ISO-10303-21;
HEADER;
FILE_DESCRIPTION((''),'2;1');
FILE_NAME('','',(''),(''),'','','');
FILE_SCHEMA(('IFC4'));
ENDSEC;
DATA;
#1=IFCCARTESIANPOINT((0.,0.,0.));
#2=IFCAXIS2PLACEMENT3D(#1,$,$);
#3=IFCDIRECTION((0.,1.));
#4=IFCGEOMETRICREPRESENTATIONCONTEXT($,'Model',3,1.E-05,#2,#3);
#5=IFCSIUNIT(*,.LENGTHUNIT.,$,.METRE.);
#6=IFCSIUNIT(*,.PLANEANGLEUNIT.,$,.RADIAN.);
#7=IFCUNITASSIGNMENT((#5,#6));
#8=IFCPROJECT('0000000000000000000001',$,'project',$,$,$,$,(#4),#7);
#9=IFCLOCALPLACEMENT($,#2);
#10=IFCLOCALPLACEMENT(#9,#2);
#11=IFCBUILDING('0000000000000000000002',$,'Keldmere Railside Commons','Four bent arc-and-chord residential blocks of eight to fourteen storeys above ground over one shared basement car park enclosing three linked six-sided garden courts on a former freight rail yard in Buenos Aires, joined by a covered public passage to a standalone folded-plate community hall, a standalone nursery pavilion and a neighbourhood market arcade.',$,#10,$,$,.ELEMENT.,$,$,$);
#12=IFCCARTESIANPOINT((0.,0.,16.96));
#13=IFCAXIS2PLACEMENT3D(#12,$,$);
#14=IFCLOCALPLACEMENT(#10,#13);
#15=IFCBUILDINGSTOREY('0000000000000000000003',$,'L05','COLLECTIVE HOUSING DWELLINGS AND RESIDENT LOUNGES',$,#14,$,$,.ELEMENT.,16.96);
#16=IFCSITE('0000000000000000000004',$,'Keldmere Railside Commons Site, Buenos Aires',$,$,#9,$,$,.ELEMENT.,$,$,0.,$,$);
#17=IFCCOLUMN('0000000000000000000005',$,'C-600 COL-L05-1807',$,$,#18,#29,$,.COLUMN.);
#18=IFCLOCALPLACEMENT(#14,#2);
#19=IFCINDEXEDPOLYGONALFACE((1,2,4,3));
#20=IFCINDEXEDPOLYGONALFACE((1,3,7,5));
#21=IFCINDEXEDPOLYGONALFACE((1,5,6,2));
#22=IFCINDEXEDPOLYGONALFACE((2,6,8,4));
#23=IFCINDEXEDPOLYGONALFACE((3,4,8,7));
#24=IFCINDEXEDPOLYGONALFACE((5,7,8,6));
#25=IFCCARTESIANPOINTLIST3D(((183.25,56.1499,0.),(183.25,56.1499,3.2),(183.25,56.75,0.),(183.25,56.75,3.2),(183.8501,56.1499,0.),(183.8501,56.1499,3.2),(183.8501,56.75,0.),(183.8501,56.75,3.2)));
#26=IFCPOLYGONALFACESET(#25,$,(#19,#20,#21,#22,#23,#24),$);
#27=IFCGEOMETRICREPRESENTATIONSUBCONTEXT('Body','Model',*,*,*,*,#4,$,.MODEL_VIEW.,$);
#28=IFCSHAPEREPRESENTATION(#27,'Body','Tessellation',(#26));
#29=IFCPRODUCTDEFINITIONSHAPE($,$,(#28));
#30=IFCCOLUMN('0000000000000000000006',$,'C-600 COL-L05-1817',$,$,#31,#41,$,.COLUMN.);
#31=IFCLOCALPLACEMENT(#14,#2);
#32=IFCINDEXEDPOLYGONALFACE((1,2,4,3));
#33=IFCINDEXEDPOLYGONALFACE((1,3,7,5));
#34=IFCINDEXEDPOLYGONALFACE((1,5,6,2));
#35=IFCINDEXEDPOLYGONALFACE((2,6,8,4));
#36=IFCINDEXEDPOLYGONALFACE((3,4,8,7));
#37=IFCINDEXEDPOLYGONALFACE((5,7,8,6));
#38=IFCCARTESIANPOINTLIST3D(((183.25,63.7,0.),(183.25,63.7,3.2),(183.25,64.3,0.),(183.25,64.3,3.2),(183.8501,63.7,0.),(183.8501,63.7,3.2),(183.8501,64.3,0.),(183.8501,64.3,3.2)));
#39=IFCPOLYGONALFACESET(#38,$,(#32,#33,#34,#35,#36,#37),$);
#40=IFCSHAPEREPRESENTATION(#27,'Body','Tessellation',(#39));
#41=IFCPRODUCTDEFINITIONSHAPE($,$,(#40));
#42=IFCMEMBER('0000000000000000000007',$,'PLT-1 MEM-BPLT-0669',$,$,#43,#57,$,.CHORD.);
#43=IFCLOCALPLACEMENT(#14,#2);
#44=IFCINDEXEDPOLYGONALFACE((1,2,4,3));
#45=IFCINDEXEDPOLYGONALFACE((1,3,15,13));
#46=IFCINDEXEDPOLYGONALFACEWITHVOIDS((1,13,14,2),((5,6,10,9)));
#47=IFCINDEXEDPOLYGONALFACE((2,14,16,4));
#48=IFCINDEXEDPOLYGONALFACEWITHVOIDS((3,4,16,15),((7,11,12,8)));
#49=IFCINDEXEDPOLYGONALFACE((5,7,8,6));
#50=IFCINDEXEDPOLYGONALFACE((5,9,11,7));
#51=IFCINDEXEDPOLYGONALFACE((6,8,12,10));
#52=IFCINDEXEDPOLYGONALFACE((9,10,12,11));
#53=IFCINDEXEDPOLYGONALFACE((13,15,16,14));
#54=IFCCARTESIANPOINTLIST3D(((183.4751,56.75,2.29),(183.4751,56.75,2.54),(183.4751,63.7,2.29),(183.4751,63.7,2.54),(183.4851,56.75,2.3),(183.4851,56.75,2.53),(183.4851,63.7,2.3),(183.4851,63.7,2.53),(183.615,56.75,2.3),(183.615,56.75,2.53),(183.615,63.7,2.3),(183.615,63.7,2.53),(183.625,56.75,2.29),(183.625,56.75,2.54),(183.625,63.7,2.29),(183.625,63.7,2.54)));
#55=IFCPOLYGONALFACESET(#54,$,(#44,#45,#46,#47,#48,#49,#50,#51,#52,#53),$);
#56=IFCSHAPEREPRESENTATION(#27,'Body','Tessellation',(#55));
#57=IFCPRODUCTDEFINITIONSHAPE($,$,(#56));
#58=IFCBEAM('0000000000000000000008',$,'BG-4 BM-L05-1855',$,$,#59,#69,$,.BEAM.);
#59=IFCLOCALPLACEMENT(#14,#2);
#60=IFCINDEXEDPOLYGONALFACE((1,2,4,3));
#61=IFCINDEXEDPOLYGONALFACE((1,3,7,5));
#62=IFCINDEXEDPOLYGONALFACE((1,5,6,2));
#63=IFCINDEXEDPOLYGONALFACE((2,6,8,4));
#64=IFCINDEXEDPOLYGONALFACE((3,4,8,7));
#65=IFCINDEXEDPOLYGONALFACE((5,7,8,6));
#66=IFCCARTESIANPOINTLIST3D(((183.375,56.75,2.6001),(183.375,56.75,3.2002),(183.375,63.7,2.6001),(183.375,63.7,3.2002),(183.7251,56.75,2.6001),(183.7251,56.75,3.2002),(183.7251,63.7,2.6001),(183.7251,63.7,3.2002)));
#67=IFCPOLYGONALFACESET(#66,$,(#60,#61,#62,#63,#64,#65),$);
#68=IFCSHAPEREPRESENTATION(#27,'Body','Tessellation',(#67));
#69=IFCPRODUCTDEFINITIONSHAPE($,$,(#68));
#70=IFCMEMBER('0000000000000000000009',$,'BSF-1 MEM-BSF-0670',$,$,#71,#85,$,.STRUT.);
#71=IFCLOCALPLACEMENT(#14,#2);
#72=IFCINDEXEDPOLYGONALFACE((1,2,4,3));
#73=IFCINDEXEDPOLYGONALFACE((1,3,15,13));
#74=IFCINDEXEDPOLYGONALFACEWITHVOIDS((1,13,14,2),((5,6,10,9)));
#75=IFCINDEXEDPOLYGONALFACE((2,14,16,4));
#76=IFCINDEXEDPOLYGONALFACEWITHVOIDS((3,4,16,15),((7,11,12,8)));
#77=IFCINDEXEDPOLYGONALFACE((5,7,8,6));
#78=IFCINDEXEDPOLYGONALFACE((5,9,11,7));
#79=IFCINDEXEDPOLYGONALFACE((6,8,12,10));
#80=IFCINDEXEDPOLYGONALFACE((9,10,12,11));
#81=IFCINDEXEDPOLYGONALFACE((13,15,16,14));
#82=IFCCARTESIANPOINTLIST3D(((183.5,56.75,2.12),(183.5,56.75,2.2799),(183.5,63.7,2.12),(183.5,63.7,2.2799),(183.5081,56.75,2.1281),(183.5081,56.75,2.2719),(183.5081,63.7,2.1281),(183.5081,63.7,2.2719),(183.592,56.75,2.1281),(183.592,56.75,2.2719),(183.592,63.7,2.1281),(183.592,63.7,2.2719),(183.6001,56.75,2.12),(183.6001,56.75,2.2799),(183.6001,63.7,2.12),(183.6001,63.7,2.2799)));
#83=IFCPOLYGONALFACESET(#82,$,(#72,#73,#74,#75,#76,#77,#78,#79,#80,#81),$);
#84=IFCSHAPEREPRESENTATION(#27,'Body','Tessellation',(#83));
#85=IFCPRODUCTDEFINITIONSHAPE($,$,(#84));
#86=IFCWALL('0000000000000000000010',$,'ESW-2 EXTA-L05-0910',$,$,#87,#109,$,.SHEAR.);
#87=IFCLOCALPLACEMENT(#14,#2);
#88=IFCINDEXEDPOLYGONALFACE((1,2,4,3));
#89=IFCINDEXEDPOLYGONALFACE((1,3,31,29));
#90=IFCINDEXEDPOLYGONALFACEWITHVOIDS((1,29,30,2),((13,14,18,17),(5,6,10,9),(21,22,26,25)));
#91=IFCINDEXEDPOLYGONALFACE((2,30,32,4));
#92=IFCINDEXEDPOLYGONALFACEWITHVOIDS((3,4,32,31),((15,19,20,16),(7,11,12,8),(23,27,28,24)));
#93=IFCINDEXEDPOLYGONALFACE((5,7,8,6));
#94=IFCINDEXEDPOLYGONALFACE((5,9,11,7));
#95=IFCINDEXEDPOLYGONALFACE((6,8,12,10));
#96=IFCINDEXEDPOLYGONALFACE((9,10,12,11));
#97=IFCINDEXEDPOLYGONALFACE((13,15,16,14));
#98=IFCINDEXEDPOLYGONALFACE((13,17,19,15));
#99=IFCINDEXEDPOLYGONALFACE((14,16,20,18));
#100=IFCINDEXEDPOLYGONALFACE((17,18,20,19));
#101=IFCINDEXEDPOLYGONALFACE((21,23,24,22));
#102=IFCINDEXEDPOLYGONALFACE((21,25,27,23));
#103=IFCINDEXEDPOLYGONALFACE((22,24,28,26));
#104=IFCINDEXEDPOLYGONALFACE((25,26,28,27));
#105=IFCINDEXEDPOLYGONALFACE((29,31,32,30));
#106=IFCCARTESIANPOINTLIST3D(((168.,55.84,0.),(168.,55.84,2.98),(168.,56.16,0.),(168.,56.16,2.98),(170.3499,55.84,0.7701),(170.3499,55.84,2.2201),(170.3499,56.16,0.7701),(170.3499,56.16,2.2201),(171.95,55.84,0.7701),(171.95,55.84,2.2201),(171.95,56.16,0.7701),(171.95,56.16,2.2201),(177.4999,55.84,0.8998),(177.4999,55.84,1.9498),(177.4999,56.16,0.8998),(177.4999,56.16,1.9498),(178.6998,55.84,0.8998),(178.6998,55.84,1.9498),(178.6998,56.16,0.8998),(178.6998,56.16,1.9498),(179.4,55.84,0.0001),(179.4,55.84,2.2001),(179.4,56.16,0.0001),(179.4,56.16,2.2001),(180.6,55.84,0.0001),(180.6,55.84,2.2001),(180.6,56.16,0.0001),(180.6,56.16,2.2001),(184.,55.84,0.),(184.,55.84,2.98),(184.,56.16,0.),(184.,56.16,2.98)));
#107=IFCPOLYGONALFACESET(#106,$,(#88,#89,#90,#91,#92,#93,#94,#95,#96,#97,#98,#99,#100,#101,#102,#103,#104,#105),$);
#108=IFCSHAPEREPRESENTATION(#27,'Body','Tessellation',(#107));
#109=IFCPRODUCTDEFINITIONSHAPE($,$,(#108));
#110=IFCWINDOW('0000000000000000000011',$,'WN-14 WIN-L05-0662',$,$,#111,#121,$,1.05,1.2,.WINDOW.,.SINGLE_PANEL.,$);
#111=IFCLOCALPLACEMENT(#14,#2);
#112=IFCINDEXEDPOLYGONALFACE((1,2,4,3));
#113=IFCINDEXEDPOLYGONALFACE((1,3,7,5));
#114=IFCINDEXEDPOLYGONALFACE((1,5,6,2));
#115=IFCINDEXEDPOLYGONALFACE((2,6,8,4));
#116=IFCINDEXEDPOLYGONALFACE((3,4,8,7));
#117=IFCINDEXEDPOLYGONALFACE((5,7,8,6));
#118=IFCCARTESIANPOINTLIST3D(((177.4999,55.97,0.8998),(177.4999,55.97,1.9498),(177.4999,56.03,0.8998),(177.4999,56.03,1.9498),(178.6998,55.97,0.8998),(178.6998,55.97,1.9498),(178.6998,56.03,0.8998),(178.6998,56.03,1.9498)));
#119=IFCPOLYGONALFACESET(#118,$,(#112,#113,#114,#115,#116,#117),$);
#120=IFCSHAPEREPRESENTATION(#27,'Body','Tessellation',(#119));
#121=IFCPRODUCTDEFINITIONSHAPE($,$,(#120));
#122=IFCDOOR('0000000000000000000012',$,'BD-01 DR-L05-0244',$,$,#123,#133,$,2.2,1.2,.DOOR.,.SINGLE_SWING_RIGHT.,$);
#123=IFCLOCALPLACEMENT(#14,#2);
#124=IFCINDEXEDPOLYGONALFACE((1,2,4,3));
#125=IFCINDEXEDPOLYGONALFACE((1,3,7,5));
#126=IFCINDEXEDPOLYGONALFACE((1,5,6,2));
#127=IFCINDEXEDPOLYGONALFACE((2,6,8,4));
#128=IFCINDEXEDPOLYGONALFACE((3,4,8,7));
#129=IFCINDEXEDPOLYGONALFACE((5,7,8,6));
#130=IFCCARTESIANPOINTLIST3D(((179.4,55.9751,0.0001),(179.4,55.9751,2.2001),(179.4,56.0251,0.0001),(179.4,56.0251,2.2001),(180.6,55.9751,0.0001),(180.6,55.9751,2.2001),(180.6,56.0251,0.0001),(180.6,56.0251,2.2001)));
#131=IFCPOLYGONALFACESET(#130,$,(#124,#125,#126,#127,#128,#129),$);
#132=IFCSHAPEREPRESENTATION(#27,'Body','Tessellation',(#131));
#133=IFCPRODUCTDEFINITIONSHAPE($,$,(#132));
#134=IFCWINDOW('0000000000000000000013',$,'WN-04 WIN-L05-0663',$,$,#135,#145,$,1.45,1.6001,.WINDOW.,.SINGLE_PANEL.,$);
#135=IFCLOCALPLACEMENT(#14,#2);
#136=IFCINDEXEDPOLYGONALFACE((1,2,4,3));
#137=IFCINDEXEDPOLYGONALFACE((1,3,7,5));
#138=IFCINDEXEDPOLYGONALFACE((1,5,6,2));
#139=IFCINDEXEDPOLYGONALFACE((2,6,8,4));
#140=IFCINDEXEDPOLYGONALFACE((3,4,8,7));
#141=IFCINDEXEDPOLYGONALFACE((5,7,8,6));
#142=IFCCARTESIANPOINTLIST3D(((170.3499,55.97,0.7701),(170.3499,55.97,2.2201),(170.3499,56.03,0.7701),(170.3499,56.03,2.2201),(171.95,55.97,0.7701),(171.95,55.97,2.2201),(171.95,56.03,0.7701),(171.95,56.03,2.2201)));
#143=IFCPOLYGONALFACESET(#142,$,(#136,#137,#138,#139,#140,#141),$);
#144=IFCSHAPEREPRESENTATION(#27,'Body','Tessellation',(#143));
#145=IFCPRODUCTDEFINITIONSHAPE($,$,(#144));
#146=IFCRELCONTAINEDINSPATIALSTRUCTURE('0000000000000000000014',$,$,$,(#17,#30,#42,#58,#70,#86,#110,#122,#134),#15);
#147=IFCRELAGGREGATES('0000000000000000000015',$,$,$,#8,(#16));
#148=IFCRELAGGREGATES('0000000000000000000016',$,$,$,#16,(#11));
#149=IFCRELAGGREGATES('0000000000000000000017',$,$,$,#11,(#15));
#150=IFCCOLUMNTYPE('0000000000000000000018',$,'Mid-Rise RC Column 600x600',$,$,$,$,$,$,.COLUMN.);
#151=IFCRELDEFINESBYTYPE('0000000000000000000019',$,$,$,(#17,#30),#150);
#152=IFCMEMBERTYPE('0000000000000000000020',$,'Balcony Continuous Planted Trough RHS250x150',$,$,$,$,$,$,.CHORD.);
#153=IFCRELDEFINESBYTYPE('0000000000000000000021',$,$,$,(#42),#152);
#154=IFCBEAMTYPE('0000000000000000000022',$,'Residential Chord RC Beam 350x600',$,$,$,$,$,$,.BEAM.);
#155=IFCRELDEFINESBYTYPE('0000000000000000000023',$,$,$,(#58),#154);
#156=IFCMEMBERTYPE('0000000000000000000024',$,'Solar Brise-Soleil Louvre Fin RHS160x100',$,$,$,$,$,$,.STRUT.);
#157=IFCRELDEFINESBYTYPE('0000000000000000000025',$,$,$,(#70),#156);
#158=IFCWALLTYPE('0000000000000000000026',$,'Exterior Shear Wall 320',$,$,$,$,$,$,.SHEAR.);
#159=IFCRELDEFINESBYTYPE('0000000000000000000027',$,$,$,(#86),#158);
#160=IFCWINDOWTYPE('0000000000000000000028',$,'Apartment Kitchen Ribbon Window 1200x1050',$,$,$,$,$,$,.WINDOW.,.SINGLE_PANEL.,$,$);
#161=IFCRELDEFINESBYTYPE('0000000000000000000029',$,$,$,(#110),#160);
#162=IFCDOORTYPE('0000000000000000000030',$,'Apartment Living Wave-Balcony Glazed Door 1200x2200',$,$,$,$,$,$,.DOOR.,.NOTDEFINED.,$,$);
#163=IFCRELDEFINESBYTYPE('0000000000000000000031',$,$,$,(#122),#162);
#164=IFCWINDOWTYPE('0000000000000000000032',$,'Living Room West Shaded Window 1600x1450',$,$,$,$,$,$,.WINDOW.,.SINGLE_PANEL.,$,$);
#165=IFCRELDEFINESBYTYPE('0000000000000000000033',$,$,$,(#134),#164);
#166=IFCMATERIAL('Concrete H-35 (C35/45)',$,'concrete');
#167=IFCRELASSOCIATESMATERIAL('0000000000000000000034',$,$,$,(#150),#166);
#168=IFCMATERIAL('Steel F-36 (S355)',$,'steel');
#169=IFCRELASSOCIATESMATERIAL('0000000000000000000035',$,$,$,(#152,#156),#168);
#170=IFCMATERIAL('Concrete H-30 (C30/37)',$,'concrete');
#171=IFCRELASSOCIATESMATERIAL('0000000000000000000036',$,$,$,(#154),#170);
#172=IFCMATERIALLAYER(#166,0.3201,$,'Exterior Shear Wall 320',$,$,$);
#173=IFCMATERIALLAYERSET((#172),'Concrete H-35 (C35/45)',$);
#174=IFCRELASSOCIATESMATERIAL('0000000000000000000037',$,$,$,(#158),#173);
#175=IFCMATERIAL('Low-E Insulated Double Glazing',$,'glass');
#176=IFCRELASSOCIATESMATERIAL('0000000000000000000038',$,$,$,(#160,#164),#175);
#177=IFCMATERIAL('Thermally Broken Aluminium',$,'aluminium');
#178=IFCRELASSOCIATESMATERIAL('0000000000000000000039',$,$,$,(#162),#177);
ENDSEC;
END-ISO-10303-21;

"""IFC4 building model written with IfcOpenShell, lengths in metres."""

from ifc_helpers import new_model, si_unit, direction, frame, frame_2d, origin, origin_2d, place, context, subcontext, project, spatial, rectangle, hollow_rectangle, extrude, material, layer, layer_set, material_profile, profile_set, type_object, element, fill, save


model = new_model("IFC4")

# Units and contexts
model_context = context("Model", 3, precision=1e-05, world=origin(), true_north=direction((0.0, 1.0)))
body_context = subcontext(model_context, "Body", "Model", "MODEL_VIEW")
ifc_project = project(units=[si_unit("LENGTHUNIT", "METRE"), si_unit("PLANEANGLEUNIT", "RADIAN")], contexts=[model_context])

# Site, building, storey
site_placement = place(None, origin())
site = spatial("IfcSite", under=ifc_project, at=site_placement, Name="Keldmere Railside Commons Site, Buenos Aires", CompositionType="ELEMENT", RefElevation=0.0)
building_placement = place(site_placement, origin())
building = spatial("IfcBuilding", under=site, at=building_placement, Name="Keldmere Railside Commons", Description="Four bent arc-and-chord residential blocks of eight to fourteen storeys above ground over one shared basement car park enclosing three linked six-sided garden courts on a former freight rail yard in Buenos Aires, joined by a covered public passage to a standalone folded-plate community hall, a standalone nursery pavilion and a neighbourhood market arcade.", CompositionType="ELEMENT")
storey_placement = place(building_placement, frame((0.0, 0.0, 16.96)))
storey = spatial("IfcBuildingStorey", under=building, at=storey_placement, Name="L05", Description="COLLECTIVE HOUSING DWELLINGS AND RESIDENT LOUNGES", CompositionType="ELEMENT", Elevation=16.96)

# Columns
ifc_material_1 = material(Name="Concrete H-35 (C35/45)", Category="concrete")
ifc_material_profile_1 = material_profile(ifc_material_1, rectangle(XDim=0.6001, YDim=0.6001, at=origin_2d()), Name="RC-600x600")
ifc_profile_set_1 = profile_set([ifc_material_profile_1], Name="Concrete H-35 (C35/45)")
column_type = type_object("IfcColumnType", Name="Mid-Rise RC Column 600x600", PredefinedType="COLUMN", material=ifc_profile_set_1)
for number, where, z_axis, x_axis, name in (
    (1, (183.55, 56.45, 0.0), (0.0, 0.0, 1.0), (1.0, 0.0, 0.0), "C-600 COL-L05-1807"),
    (2, (183.55, 64.0, 0.0), (0.0, 0.0, 1.0), (1.0, 0.0, 0.0), "C-600 COL-L05-1817"),
):
    element("IfcColumn", number, at=place(storey_placement, frame(where, z_axis=z_axis, x_axis=x_axis)), inside=storey, type_object=column_type, Name=name, PredefinedType="COLUMN", context=body_context, shape_type="SweptSolid", body=[
        extrude(rectangle(XDim=0.6001, YDim=0.6001, at=origin_2d()), origin(), (0.0, 0.0, 1.0), 3.2),
    ])

# Member
ifc_material_2 = material(Name="Steel F-36 (S355)", Category="steel")
ifc_material_profile_2 = material_profile(ifc_material_2, hollow_rectangle(XDim=0.1499, YDim=0.25, WallThickness=0.01, at=origin_2d()), Name="RHS-250x150x10")
ifc_profile_set_2 = profile_set([ifc_material_profile_2], Name="Steel F-36 (S355)")
member_type_1 = type_object("IfcMemberType", Name="Balcony Continuous Planted Trough RHS250x150", PredefinedType="CHORD", material=ifc_profile_set_2)
member_1_placement = place(storey_placement, frame((183.55, 56.75, 2.415), z_axis=(0.0, 1.0, 0.0), x_axis=(-1.0, 0.0, 0.0)))
element("IfcMember", 3, at=member_1_placement, inside=storey, type_object=member_type_1, Name="PLT-1 MEM-BPLT-0669", PredefinedType="CHORD", context=body_context, shape_type="SweptSolid", body=[
    extrude(hollow_rectangle(XDim=0.1499, YDim=0.25, WallThickness=0.01, at=origin_2d()), origin(), (0.0, 0.0, 1.0), 6.95),
])

# Beam
ifc_material_3 = material(Name="Concrete H-30 (C30/37)", Category="concrete")
ifc_material_profile_3 = material_profile(ifc_material_3, rectangle(XDim=0.3501, YDim=0.6001, at=origin_2d()), Name="RC-350x600")
ifc_profile_set_3 = profile_set([ifc_material_profile_3], Name="Concrete H-30 (C30/37)")
beam_type = type_object("IfcBeamType", Name="Residential Chord RC Beam 350x600", PredefinedType="BEAM", material=ifc_profile_set_3)
beam_placement = place(storey_placement, frame((183.55, 56.75, 2.9001), z_axis=(0.0, 1.0, 0.0), x_axis=(-1.0, 0.0, 0.0)))
element("IfcBeam", 4, at=beam_placement, inside=storey, type_object=beam_type, Name="BG-4 BM-L05-1855", PredefinedType="BEAM", context=body_context, shape_type="SweptSolid", body=[
    extrude(rectangle(XDim=0.3501, YDim=0.6001, at=origin_2d()), origin(), (0.0, 0.0, 1.0), 6.95),
])

# Member
ifc_material_profile_4 = material_profile(ifc_material_2, hollow_rectangle(XDim=0.1001, YDim=0.1599, WallThickness=0.0081, at=origin_2d()), Name="RHS-160x100x8")
ifc_profile_set_4 = profile_set([ifc_material_profile_4], Name="Steel F-36 (S355)")
member_type_2 = type_object("IfcMemberType", Name="Solar Brise-Soleil Louvre Fin RHS160x100", PredefinedType="STRUT", material=ifc_profile_set_4)
member_2_placement = place(storey_placement, frame((183.55, 56.75, 2.2), z_axis=(0.0, 1.0, 0.0), x_axis=(-1.0, 0.0, 0.0)))
element("IfcMember", 5, at=member_2_placement, inside=storey, type_object=member_type_2, Name="BSF-1 MEM-BSF-0670", PredefinedType="STRUT", context=body_context, shape_type="SweptSolid", body=[
    extrude(hollow_rectangle(XDim=0.1001, YDim=0.1599, WallThickness=0.0081, at=origin_2d()), origin(), (0.0, 0.0, 1.0), 6.95),
])

# Wall, openings, windows, door
ifc_layer = layer(ifc_material_1, 0.3201, Name="Exterior Shear Wall 320")
ifc_layer_set = layer_set([ifc_layer], Name="Concrete H-35 (C35/45)")
wall_type = type_object("IfcWallType", Name="Exterior Shear Wall 320", PredefinedType="SHEAR", material=ifc_layer_set)
wall_placement = place(storey_placement, frame((184.0, 56.0, 0.0), z_axis=(0.0, 0.0, 1.0), x_axis=(-1.0, 0.0, 0.0)))
wall = element("IfcWall", 6, at=wall_placement, inside=storey, type_object=wall_type, Name="ESW-2 EXTA-L05-0910", PredefinedType="SHEAR", context=body_context, shape_type="SweptSolid", body=[
    extrude(rectangle(XDim=16.0, YDim=0.3201, at=frame_2d((8.0, 0.0))), origin(), (0.0, 0.0, 1.0), 2.98),
])
opening_1_placement = place(wall_placement, frame((3.3999, 0.0, 0.0)))
opening_1 = element("IfcOpeningElement", 7, at=opening_1_placement, cuts=wall, PredefinedType="OPENING", context=body_context, shape_type="SweptSolid", body=[
    extrude(rectangle(XDim=1.2, YDim=2.2, at=frame_2d((0.6001, 1.1001))), frame((0.0, 0.1699, 0.0), z_axis=(0.0, -1.0, 0.0), x_axis=(1.0, 0.0, 0.0)), (0.0, 0.0, 1.0), 0.3401),
])
opening_2_placement = place(wall_placement, frame((5.3, 0.0, 0.8999)))
opening_2 = element("IfcOpeningElement", 8, at=opening_2_placement, cuts=wall, PredefinedType="OPENING", context=body_context, shape_type="SweptSolid", body=[
    extrude(rectangle(XDim=1.2, YDim=1.05, at=frame_2d((0.6001, 0.5249))), frame((0.0, 0.1699, 0.0), z_axis=(0.0, -1.0, 0.0), x_axis=(1.0, 0.0, 0.0)), (0.0, 0.0, 1.0), 0.3401),
])
opening_3_placement = place(wall_placement, frame((12.05, 0.0, 0.77)))
opening_3 = element("IfcOpeningElement", 9, at=opening_3_placement, cuts=wall, PredefinedType="OPENING", context=body_context, shape_type="SweptSolid", body=[
    extrude(rectangle(XDim=1.6001, YDim=1.45, at=frame_2d((0.8, 0.7251))), frame((0.0, 0.1699, 0.0), z_axis=(0.0, -1.0, 0.0), x_axis=(1.0, 0.0, 0.0)), (0.0, 0.0, 1.0), 0.3401),
])
ifc_material_4 = material(Name="Low-E Insulated Double Glazing", Category="glass")
window_type_1 = type_object("IfcWindowType", Name="Apartment Kitchen Ribbon Window 1200x1050", PartitioningType="SINGLE_PANEL", PredefinedType="WINDOW", material=ifc_material_4)
window_1_placement = place(opening_2_placement, origin())
window_1 = element("IfcWindow", 10, at=window_1_placement, inside=storey, type_object=window_type_1, Name="WN-14 WIN-L05-0662", OverallHeight=1.05, OverallWidth=1.2, PartitioningType="SINGLE_PANEL", PredefinedType="WINDOW", context=body_context, shape_type="SweptSolid", body=[
    extrude(rectangle(XDim=1.2, YDim=1.05, at=frame_2d((0.6001, 0.5249))), frame((0.0, 0.03, 0.0), z_axis=(0.0, -1.0, 0.0), x_axis=(1.0, 0.0, 0.0)), (0.0, 0.0, 1.0), 0.0601),
])
fill(opening_2, window_1)
ifc_material_5 = material(Name="Thermally Broken Aluminium", Category="aluminium")
door_type = type_object("IfcDoorType", Name="Apartment Living Wave-Balcony Glazed Door 1200x2200", OperationType="NOTDEFINED", PredefinedType="DOOR", material=ifc_material_5)
door_placement = place(opening_1_placement, origin())
door = element("IfcDoor", 11, at=door_placement, inside=storey, type_object=door_type, Name="BD-01 DR-L05-0244", OperationType="SINGLE_SWING_RIGHT", OverallHeight=2.2, OverallWidth=1.2, PredefinedType="DOOR", context=body_context, shape_type="SweptSolid", body=[
    extrude(rectangle(XDim=1.2, YDim=2.2, at=frame_2d((0.6001, 1.1001))), frame((0.0, 0.0249, 0.0), z_axis=(0.0, -1.0, 0.0), x_axis=(1.0, 0.0, 0.0)), (0.0, 0.0, 1.0), 0.05),
])
fill(opening_1, door)
window_type_2 = type_object("IfcWindowType", Name="Living Room West Shaded Window 1600x1450", PartitioningType="SINGLE_PANEL", PredefinedType="WINDOW", material=ifc_material_4)
window_2_placement = place(opening_3_placement, origin())
window_2 = element("IfcWindow", 12, at=window_2_placement, inside=storey, type_object=window_type_2, Name="WN-04 WIN-L05-0663", OverallHeight=1.45, OverallWidth=1.6001, PartitioningType="SINGLE_PANEL", PredefinedType="WINDOW", context=body_context, shape_type="SweptSolid", body=[
    extrude(rectangle(XDim=1.6001, YDim=1.45, at=frame_2d((0.8, 0.7251))), frame((0.0, 0.03, 0.0), z_axis=(0.0, -1.0, 0.0), x_axis=(1.0, 0.0, 0.0)), (0.0, 0.0, 1.0), 0.0601),
])
fill(opening_3, window_2)

save(model, "model.ifc")
